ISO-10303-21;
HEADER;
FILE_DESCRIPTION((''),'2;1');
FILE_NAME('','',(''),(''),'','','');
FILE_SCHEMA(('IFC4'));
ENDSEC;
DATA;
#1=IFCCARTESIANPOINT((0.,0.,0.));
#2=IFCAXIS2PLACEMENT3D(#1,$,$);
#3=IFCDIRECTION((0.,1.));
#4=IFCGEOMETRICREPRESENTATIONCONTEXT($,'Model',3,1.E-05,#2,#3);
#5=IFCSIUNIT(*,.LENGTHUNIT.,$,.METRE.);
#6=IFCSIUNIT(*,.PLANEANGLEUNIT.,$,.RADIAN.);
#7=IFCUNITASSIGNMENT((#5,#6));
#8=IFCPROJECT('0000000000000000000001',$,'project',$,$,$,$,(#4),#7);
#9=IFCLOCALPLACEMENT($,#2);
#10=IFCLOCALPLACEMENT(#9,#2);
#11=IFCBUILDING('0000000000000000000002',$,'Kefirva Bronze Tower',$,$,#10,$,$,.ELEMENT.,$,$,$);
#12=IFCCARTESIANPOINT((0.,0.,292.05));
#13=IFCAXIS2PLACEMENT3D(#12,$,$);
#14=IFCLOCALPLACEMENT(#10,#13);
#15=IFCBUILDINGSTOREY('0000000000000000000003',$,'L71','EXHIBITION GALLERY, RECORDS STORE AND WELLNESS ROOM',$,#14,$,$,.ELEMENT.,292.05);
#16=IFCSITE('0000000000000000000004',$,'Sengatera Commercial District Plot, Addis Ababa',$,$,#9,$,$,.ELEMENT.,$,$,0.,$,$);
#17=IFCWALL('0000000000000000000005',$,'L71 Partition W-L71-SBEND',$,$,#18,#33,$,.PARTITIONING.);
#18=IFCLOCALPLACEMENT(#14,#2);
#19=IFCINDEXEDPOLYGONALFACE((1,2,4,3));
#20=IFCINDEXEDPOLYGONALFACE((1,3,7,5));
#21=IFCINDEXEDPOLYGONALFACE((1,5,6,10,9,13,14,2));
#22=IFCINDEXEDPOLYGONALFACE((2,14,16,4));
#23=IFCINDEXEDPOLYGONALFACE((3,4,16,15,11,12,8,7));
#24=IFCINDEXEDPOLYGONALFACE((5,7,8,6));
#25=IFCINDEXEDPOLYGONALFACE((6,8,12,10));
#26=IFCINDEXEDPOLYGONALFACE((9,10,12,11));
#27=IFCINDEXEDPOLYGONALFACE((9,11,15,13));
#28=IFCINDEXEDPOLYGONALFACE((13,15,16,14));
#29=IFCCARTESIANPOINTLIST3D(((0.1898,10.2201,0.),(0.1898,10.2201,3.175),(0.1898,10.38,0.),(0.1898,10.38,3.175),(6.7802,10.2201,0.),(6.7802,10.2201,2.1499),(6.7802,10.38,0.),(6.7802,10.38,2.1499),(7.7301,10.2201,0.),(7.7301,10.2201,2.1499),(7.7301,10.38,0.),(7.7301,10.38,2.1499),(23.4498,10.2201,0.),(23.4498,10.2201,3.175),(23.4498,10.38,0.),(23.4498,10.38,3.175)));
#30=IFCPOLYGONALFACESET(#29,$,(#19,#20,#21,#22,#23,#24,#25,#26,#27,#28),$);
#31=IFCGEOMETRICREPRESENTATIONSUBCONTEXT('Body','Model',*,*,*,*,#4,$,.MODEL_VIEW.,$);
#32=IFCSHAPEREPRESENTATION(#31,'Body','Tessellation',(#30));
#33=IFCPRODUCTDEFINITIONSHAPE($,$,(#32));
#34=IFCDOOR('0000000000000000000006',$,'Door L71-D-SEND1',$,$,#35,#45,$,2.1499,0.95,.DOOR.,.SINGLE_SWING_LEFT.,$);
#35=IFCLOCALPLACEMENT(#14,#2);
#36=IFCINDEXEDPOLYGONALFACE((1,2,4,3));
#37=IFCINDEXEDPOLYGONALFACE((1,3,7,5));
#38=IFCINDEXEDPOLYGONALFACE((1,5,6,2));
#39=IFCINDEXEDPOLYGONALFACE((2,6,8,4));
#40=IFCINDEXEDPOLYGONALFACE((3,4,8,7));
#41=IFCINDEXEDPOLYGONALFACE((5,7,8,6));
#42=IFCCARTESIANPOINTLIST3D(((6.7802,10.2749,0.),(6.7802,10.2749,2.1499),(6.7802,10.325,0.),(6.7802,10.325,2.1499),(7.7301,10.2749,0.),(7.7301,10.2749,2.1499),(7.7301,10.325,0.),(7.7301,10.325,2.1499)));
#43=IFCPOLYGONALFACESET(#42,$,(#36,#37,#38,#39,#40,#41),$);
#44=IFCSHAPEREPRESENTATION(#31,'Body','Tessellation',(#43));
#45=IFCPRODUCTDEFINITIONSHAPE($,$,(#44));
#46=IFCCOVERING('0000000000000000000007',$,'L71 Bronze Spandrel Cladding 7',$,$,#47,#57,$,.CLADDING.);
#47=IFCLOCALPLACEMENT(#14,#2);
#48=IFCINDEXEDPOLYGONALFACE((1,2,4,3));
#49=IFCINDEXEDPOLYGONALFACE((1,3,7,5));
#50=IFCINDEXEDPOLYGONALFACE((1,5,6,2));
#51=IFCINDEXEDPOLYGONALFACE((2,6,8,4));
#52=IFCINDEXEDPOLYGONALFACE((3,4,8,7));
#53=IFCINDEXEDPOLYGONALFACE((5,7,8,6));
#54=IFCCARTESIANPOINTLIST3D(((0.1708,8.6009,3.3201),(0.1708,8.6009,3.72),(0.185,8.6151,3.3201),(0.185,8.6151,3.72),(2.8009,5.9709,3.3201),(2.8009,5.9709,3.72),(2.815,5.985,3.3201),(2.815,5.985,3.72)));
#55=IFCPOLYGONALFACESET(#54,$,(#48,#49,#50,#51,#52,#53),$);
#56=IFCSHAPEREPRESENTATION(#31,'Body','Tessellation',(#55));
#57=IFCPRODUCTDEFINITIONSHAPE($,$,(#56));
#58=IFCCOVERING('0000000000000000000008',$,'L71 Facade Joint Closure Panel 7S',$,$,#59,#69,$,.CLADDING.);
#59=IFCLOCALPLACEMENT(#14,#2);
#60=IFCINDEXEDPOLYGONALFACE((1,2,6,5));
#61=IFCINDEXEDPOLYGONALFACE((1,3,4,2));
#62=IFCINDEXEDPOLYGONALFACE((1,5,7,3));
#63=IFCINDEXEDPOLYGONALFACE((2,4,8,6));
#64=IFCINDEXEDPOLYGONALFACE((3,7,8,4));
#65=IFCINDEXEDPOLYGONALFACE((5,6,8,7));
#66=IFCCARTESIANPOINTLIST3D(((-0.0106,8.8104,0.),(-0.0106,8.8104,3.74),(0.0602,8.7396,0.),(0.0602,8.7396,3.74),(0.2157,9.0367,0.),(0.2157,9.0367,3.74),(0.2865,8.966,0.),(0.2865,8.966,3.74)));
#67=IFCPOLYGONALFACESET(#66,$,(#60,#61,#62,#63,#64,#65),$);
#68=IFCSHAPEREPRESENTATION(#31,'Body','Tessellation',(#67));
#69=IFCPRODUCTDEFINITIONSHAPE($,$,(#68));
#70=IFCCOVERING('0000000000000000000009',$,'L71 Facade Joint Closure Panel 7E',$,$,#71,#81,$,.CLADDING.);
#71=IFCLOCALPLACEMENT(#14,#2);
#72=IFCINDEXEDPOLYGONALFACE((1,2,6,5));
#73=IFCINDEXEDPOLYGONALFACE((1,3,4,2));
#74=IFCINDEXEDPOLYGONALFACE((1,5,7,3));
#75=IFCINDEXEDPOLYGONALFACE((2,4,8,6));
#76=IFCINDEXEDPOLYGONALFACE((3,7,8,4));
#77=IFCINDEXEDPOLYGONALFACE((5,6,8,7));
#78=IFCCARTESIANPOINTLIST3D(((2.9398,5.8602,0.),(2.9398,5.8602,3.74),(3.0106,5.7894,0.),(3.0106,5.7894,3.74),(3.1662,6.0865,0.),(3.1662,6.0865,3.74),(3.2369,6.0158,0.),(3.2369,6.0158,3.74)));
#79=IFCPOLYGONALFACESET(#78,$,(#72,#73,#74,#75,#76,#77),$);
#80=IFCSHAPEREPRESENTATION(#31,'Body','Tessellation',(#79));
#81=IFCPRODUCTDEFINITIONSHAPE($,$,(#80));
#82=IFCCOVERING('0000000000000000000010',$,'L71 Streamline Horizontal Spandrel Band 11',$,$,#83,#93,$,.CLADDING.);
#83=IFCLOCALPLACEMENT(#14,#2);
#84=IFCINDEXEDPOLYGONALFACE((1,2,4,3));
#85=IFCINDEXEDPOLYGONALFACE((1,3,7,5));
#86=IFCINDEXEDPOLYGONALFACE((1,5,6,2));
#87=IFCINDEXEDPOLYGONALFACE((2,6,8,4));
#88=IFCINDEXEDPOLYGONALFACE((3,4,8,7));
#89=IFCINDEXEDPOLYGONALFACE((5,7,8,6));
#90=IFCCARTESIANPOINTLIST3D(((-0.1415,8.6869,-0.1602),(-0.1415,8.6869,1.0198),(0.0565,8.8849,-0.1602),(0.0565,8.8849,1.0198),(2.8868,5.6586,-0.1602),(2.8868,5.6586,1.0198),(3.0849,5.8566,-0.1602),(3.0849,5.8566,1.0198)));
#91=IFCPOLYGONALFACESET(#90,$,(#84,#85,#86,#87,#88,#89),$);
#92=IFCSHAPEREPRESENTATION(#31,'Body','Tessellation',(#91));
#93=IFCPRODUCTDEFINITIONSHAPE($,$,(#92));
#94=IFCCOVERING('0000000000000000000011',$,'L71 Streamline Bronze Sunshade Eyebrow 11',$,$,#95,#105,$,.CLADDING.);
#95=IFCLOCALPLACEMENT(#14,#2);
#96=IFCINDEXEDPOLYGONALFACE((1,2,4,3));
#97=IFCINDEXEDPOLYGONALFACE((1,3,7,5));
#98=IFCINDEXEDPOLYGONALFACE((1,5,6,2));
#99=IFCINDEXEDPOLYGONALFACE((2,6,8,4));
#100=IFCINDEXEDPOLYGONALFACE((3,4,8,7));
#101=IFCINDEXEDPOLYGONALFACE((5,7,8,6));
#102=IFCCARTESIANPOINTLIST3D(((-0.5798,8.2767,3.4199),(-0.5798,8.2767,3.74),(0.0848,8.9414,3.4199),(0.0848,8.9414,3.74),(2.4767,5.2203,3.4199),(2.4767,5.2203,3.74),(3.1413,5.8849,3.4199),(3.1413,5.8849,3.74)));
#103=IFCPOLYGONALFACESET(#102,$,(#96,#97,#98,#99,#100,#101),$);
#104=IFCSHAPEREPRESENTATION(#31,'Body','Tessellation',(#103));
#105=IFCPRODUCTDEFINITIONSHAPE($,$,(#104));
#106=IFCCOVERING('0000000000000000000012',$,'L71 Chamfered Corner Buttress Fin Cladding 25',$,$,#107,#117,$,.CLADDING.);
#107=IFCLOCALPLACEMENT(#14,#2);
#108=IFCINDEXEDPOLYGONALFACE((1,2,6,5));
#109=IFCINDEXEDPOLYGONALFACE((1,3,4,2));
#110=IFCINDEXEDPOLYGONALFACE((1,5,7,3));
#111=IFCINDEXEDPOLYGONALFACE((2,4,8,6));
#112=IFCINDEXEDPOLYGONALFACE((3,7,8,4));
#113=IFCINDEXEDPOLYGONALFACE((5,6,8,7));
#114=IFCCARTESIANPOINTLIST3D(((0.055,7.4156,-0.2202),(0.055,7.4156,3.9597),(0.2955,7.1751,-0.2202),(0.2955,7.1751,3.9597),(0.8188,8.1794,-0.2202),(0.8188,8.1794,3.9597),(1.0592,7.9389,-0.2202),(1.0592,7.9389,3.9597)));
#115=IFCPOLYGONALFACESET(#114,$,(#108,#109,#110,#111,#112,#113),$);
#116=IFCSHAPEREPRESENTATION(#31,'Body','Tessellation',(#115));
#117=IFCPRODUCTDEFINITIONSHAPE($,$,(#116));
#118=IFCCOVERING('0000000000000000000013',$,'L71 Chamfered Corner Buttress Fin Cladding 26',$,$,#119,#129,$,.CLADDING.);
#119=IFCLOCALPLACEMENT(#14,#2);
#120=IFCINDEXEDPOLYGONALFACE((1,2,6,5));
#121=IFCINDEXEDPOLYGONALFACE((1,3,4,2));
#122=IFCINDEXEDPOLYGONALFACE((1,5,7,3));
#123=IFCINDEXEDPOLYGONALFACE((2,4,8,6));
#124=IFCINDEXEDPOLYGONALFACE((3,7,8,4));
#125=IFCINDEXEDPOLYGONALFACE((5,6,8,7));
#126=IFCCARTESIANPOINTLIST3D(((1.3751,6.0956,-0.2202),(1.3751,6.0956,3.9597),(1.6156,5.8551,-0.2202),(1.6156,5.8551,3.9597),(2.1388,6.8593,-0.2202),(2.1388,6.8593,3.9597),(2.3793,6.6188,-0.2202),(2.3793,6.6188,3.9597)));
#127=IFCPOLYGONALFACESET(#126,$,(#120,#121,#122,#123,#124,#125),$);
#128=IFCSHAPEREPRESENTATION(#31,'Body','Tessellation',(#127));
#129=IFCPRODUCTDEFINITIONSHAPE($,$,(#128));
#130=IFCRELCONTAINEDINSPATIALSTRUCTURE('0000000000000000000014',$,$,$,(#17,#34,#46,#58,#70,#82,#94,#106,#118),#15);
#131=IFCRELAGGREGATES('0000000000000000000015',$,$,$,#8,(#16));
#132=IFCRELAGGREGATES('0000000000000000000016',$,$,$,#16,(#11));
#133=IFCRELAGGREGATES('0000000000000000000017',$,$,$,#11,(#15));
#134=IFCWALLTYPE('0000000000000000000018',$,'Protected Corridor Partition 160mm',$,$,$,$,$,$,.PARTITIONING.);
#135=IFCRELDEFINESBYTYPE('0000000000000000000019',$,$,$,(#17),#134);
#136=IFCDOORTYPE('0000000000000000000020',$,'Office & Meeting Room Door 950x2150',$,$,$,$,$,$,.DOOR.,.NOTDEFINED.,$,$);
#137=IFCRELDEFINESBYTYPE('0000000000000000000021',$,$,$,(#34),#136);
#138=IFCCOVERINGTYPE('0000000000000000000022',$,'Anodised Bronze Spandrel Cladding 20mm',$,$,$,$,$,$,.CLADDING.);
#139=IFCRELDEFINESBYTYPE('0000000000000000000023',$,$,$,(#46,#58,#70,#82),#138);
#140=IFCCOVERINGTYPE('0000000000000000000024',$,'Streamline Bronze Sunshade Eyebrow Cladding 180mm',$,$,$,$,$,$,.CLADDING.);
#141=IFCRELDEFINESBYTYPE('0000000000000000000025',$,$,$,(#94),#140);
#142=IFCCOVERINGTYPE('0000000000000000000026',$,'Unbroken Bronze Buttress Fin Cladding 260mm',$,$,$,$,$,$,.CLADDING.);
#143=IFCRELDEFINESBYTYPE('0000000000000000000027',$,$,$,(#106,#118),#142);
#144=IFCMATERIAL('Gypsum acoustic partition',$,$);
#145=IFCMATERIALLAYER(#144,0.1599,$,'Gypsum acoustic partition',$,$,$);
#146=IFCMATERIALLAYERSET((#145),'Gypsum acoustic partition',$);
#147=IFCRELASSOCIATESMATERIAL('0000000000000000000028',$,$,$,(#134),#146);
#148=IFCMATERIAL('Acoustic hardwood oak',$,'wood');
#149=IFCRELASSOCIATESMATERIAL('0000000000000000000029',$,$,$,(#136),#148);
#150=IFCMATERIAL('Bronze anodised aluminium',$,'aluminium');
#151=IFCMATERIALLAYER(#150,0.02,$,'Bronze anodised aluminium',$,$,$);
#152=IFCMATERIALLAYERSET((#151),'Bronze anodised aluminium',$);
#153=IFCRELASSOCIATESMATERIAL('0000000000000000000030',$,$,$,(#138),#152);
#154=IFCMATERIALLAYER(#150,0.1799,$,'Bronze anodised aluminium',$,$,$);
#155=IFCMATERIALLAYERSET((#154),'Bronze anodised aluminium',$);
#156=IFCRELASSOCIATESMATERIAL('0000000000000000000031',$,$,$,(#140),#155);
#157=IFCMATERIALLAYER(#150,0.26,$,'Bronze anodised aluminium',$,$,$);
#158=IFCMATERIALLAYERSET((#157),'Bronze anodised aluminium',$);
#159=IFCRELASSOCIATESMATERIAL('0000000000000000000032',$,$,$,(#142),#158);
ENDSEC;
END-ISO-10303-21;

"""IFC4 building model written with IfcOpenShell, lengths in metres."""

from ifc_helpers import new_model, si_unit, direction, frame, frame_2d, origin, origin_2d, place, context, subcontext, project, spatial, rectangle, extrude, material, layer, layer_set, type_object, element, fill, save


model = new_model("IFC4")

# Units and contexts
model_context = context("Model", 3, precision=1e-05, world=origin(), true_north=direction((0.0, 1.0)))
body_context = subcontext(model_context, "Body", "Model", "MODEL_VIEW")
ifc_project = project(units=[si_unit("LENGTHUNIT", "METRE"), si_unit("PLANEANGLEUNIT", "RADIAN")], contexts=[model_context])

# Site, building, storey
site_placement = place(None, origin())
site = spatial("IfcSite", under=ifc_project, at=site_placement, Name="Sengatera Commercial District Plot, Addis Ababa", CompositionType="ELEMENT", RefElevation=0.0)
building_placement = place(site_placement, origin())
building = spatial("IfcBuilding", under=site, at=building_placement, Name="Kefirva Bronze Tower", CompositionType="ELEMENT")
storey_placement = place(building_placement, frame((0.0, 0.0, 292.05)))
storey = spatial("IfcBuildingStorey", under=building, at=storey_placement, Name="L71", Description="EXHIBITION GALLERY, RECORDS STORE AND WELLNESS ROOM", CompositionType="ELEMENT", Elevation=292.05)

# Shared definitions
ifc_material_1 = material(Name="Bronze anodised aluminium", Category="aluminium")

# Shared definitions
ifc_material_2 = material(Name="Gypsum acoustic partition")
ifc_layer_1 = layer(ifc_material_2, 0.1599, Name="Gypsum acoustic partition")
ifc_layer_set_1 = layer_set([ifc_layer_1], Name="Gypsum acoustic partition")
wall_type_1 = type_object("IfcWallType", Name="Protected Corridor Partition 160mm", PredefinedType="PARTITIONING", material=ifc_layer_set_1)
ifc_material_3 = material(Name="Acoustic hardwood oak", Category="wood")
door_type = type_object("IfcDoorType", Name="Office & Meeting Room Door 950x2150", OperationType="NOTDEFINED", PredefinedType="DOOR", material=ifc_material_3)

# Wall, opening, door
wall_1_placement = place(storey_placement, frame((0.1899, 10.3, 0.0), z_axis=(0.0, 0.0, 1.0), x_axis=(1.0, 0.0, 0.0)))
wall_1 = element("IfcWall", 1, at=wall_1_placement, inside=storey, type_object=wall_type_1, Name="L71 Partition W-L71-SBEND", PredefinedType="PARTITIONING", context=body_context, shape_type="SweptSolid", body=[
    extrude(rectangle(XDim=23.26, YDim=0.1599, at=frame_2d((11.6299, 0.0))), origin(), (0.0, 0.0, 1.0), 3.175),
])
opening_1_placement = place(wall_1_placement, frame((6.5901, 0.0, 0.0)))
opening_1 = element("IfcOpeningElement", 2, at=opening_1_placement, cuts=wall_1, PredefinedType="OPENING", context=body_context, shape_type="SweptSolid", body=[
    extrude(rectangle(XDim=0.95, YDim=2.1499, at=frame_2d((0.4751, 1.075))), frame((0.0, 0.0898, 0.0), z_axis=(0.0, -1.0, 0.0), x_axis=(1.0, 0.0, 0.0)), (0.0, 0.0, 1.0), 0.1799),
])
door_1_placement = place(opening_1_placement, origin())
door_1 = element("IfcDoor", 3, at=door_1_placement, inside=storey, type_object=door_type, Name="Door L71-D-SEND1", OperationType="SINGLE_SWING_LEFT", OverallHeight=2.1499, OverallWidth=0.95, PredefinedType="DOOR", context=body_context, shape_type="SweptSolid", body=[
    extrude(rectangle(XDim=0.95, YDim=2.1499, at=frame_2d((0.4751, 1.075))), frame((0.0, 0.0249, 0.0), z_axis=(0.0, -1.0, 0.0), x_axis=(1.0, 0.0, 0.0)), (0.0, 0.0, 1.0), 0.05),
])
fill(opening_1, door_1)

# Coverings
ifc_layer_2 = layer(ifc_material_1, 0.02, Name="Bronze anodised aluminium")
ifc_layer_set_2 = layer_set([ifc_layer_2], Name="Bronze anodised aluminium")
covering_type_1 = type_object("IfcCoveringType", Name="Anodised Bronze Spandrel Cladding 20mm", PredefinedType="CLADDING", material=ifc_layer_set_2)
covering_1_placement = place(storey_placement, frame((1.4929, 7.293, 3.3201), z_axis=(0.0, 0.0, 1.0), x_axis=(0.707107, -0.707107, 0.0)))
element("IfcCovering", 4, at=covering_1_placement, inside=storey, type_object=covering_type_1, Name="L71 Bronze Spandrel Cladding 7", PredefinedType="CLADDING", context=body_context, shape_type="SweptSolid", body=[
    extrude(rectangle(XDim=3.7195, YDim=0.02, at=origin_2d()), origin(), (0.0, 0.0, 1.0), 0.3999),
])
for number, where, z_axis, x_axis, name in (
    (5, (0.1379, 8.8882, 0.0), (0.0, 0.0, 1.0), (0.707107, -0.707107, 0.0), "L71 Facade Joint Closure Panel 7S"),
    (6, (3.0884, 5.938, 0.0), (0.0, 0.0, 1.0), (0.707107, -0.707107, 0.0), "L71 Facade Joint Closure Panel 7E"),
):
    element("IfcCovering", number, at=place(storey_placement, frame(where, z_axis=z_axis, x_axis=x_axis)), inside=storey, type_object=covering_type_1, Name=name, PredefinedType="CLADDING", context=body_context, shape_type="SweptSolid", body=[
        extrude(rectangle(XDim=0.1001, YDim=0.3201, at=origin_2d()), origin(), (0.0, 0.0, 1.0), 3.74),
    ])
covering_2_placement = place(storey_placement, frame((1.4717, 7.2717, -0.1602), z_axis=(0.0, 0.0, 1.0), x_axis=(0.707107, -0.707107, 0.0)))
element("IfcCovering", 7, at=covering_2_placement, inside=storey, type_object=covering_type_1, Name="L71 Streamline Horizontal Spandrel Band 11", PredefinedType="CLADDING", context=body_context, shape_type="SweptSolid", body=[
    extrude(rectangle(XDim=4.2827, YDim=0.28, at=origin_2d()), origin(), (0.0, 0.0, 1.0), 1.1799),
])
ifc_layer_3 = layer(ifc_material_1, 0.1799, Name="Bronze anodised aluminium")
ifc_layer_set_3 = layer_set([ifc_layer_3], Name="Bronze anodised aluminium")
covering_type_2 = type_object("IfcCoveringType", Name="Streamline Bronze Sunshade Eyebrow Cladding 180mm", PredefinedType="CLADDING", material=ifc_layer_set_3)
covering_3_placement = place(storey_placement, frame((1.2808, 7.0808, 3.4199), z_axis=(0.0, 0.0, 1.0), x_axis=(0.707107, -0.707107, 0.0)))
element("IfcCovering", 8, at=covering_3_placement, inside=storey, type_object=covering_type_2, Name="L71 Streamline Bronze Sunshade Eyebrow 11", PredefinedType="CLADDING", context=body_context, shape_type="SweptSolid", body=[
    extrude(rectangle(XDim=4.3225, YDim=0.9399, at=origin_2d()), origin(), (0.0, 0.0, 1.0), 0.3201),
])
ifc_layer_4 = layer(ifc_material_1, 0.26, Name="Bronze anodised aluminium")
ifc_layer_set_4 = layer_set([ifc_layer_4], Name="Bronze anodised aluminium")
covering_type_3 = type_object("IfcCoveringType", Name="Unbroken Bronze Buttress Fin Cladding 260mm", PredefinedType="CLADDING", material=ifc_layer_set_4)
for number, where, z_axis, x_axis, name in (
    (9, (0.5571, 7.6772, -0.2202), (0.0, 0.0, 1.0), (0.707107, -0.707107, 0.0), "L71 Chamfered Corner Buttress Fin Cladding 25"),
    (10, (1.8772, 6.3572, -0.2202), (0.0, 0.0, 1.0), (0.707107, -0.707107, 0.0), "L71 Chamfered Corner Buttress Fin Cladding 26"),
):
    element("IfcCovering", number, at=place(storey_placement, frame(where, z_axis=z_axis, x_axis=x_axis)), inside=storey, type_object=covering_type_3, Name=name, PredefinedType="CLADDING", context=body_context, shape_type="SweptSolid", body=[
        extrude(rectangle(XDim=0.3401, YDim=1.0801, at=origin_2d()), origin(), (0.0, 0.0, 1.0), 4.1799),
    ])

save(model, "model.ifc")
